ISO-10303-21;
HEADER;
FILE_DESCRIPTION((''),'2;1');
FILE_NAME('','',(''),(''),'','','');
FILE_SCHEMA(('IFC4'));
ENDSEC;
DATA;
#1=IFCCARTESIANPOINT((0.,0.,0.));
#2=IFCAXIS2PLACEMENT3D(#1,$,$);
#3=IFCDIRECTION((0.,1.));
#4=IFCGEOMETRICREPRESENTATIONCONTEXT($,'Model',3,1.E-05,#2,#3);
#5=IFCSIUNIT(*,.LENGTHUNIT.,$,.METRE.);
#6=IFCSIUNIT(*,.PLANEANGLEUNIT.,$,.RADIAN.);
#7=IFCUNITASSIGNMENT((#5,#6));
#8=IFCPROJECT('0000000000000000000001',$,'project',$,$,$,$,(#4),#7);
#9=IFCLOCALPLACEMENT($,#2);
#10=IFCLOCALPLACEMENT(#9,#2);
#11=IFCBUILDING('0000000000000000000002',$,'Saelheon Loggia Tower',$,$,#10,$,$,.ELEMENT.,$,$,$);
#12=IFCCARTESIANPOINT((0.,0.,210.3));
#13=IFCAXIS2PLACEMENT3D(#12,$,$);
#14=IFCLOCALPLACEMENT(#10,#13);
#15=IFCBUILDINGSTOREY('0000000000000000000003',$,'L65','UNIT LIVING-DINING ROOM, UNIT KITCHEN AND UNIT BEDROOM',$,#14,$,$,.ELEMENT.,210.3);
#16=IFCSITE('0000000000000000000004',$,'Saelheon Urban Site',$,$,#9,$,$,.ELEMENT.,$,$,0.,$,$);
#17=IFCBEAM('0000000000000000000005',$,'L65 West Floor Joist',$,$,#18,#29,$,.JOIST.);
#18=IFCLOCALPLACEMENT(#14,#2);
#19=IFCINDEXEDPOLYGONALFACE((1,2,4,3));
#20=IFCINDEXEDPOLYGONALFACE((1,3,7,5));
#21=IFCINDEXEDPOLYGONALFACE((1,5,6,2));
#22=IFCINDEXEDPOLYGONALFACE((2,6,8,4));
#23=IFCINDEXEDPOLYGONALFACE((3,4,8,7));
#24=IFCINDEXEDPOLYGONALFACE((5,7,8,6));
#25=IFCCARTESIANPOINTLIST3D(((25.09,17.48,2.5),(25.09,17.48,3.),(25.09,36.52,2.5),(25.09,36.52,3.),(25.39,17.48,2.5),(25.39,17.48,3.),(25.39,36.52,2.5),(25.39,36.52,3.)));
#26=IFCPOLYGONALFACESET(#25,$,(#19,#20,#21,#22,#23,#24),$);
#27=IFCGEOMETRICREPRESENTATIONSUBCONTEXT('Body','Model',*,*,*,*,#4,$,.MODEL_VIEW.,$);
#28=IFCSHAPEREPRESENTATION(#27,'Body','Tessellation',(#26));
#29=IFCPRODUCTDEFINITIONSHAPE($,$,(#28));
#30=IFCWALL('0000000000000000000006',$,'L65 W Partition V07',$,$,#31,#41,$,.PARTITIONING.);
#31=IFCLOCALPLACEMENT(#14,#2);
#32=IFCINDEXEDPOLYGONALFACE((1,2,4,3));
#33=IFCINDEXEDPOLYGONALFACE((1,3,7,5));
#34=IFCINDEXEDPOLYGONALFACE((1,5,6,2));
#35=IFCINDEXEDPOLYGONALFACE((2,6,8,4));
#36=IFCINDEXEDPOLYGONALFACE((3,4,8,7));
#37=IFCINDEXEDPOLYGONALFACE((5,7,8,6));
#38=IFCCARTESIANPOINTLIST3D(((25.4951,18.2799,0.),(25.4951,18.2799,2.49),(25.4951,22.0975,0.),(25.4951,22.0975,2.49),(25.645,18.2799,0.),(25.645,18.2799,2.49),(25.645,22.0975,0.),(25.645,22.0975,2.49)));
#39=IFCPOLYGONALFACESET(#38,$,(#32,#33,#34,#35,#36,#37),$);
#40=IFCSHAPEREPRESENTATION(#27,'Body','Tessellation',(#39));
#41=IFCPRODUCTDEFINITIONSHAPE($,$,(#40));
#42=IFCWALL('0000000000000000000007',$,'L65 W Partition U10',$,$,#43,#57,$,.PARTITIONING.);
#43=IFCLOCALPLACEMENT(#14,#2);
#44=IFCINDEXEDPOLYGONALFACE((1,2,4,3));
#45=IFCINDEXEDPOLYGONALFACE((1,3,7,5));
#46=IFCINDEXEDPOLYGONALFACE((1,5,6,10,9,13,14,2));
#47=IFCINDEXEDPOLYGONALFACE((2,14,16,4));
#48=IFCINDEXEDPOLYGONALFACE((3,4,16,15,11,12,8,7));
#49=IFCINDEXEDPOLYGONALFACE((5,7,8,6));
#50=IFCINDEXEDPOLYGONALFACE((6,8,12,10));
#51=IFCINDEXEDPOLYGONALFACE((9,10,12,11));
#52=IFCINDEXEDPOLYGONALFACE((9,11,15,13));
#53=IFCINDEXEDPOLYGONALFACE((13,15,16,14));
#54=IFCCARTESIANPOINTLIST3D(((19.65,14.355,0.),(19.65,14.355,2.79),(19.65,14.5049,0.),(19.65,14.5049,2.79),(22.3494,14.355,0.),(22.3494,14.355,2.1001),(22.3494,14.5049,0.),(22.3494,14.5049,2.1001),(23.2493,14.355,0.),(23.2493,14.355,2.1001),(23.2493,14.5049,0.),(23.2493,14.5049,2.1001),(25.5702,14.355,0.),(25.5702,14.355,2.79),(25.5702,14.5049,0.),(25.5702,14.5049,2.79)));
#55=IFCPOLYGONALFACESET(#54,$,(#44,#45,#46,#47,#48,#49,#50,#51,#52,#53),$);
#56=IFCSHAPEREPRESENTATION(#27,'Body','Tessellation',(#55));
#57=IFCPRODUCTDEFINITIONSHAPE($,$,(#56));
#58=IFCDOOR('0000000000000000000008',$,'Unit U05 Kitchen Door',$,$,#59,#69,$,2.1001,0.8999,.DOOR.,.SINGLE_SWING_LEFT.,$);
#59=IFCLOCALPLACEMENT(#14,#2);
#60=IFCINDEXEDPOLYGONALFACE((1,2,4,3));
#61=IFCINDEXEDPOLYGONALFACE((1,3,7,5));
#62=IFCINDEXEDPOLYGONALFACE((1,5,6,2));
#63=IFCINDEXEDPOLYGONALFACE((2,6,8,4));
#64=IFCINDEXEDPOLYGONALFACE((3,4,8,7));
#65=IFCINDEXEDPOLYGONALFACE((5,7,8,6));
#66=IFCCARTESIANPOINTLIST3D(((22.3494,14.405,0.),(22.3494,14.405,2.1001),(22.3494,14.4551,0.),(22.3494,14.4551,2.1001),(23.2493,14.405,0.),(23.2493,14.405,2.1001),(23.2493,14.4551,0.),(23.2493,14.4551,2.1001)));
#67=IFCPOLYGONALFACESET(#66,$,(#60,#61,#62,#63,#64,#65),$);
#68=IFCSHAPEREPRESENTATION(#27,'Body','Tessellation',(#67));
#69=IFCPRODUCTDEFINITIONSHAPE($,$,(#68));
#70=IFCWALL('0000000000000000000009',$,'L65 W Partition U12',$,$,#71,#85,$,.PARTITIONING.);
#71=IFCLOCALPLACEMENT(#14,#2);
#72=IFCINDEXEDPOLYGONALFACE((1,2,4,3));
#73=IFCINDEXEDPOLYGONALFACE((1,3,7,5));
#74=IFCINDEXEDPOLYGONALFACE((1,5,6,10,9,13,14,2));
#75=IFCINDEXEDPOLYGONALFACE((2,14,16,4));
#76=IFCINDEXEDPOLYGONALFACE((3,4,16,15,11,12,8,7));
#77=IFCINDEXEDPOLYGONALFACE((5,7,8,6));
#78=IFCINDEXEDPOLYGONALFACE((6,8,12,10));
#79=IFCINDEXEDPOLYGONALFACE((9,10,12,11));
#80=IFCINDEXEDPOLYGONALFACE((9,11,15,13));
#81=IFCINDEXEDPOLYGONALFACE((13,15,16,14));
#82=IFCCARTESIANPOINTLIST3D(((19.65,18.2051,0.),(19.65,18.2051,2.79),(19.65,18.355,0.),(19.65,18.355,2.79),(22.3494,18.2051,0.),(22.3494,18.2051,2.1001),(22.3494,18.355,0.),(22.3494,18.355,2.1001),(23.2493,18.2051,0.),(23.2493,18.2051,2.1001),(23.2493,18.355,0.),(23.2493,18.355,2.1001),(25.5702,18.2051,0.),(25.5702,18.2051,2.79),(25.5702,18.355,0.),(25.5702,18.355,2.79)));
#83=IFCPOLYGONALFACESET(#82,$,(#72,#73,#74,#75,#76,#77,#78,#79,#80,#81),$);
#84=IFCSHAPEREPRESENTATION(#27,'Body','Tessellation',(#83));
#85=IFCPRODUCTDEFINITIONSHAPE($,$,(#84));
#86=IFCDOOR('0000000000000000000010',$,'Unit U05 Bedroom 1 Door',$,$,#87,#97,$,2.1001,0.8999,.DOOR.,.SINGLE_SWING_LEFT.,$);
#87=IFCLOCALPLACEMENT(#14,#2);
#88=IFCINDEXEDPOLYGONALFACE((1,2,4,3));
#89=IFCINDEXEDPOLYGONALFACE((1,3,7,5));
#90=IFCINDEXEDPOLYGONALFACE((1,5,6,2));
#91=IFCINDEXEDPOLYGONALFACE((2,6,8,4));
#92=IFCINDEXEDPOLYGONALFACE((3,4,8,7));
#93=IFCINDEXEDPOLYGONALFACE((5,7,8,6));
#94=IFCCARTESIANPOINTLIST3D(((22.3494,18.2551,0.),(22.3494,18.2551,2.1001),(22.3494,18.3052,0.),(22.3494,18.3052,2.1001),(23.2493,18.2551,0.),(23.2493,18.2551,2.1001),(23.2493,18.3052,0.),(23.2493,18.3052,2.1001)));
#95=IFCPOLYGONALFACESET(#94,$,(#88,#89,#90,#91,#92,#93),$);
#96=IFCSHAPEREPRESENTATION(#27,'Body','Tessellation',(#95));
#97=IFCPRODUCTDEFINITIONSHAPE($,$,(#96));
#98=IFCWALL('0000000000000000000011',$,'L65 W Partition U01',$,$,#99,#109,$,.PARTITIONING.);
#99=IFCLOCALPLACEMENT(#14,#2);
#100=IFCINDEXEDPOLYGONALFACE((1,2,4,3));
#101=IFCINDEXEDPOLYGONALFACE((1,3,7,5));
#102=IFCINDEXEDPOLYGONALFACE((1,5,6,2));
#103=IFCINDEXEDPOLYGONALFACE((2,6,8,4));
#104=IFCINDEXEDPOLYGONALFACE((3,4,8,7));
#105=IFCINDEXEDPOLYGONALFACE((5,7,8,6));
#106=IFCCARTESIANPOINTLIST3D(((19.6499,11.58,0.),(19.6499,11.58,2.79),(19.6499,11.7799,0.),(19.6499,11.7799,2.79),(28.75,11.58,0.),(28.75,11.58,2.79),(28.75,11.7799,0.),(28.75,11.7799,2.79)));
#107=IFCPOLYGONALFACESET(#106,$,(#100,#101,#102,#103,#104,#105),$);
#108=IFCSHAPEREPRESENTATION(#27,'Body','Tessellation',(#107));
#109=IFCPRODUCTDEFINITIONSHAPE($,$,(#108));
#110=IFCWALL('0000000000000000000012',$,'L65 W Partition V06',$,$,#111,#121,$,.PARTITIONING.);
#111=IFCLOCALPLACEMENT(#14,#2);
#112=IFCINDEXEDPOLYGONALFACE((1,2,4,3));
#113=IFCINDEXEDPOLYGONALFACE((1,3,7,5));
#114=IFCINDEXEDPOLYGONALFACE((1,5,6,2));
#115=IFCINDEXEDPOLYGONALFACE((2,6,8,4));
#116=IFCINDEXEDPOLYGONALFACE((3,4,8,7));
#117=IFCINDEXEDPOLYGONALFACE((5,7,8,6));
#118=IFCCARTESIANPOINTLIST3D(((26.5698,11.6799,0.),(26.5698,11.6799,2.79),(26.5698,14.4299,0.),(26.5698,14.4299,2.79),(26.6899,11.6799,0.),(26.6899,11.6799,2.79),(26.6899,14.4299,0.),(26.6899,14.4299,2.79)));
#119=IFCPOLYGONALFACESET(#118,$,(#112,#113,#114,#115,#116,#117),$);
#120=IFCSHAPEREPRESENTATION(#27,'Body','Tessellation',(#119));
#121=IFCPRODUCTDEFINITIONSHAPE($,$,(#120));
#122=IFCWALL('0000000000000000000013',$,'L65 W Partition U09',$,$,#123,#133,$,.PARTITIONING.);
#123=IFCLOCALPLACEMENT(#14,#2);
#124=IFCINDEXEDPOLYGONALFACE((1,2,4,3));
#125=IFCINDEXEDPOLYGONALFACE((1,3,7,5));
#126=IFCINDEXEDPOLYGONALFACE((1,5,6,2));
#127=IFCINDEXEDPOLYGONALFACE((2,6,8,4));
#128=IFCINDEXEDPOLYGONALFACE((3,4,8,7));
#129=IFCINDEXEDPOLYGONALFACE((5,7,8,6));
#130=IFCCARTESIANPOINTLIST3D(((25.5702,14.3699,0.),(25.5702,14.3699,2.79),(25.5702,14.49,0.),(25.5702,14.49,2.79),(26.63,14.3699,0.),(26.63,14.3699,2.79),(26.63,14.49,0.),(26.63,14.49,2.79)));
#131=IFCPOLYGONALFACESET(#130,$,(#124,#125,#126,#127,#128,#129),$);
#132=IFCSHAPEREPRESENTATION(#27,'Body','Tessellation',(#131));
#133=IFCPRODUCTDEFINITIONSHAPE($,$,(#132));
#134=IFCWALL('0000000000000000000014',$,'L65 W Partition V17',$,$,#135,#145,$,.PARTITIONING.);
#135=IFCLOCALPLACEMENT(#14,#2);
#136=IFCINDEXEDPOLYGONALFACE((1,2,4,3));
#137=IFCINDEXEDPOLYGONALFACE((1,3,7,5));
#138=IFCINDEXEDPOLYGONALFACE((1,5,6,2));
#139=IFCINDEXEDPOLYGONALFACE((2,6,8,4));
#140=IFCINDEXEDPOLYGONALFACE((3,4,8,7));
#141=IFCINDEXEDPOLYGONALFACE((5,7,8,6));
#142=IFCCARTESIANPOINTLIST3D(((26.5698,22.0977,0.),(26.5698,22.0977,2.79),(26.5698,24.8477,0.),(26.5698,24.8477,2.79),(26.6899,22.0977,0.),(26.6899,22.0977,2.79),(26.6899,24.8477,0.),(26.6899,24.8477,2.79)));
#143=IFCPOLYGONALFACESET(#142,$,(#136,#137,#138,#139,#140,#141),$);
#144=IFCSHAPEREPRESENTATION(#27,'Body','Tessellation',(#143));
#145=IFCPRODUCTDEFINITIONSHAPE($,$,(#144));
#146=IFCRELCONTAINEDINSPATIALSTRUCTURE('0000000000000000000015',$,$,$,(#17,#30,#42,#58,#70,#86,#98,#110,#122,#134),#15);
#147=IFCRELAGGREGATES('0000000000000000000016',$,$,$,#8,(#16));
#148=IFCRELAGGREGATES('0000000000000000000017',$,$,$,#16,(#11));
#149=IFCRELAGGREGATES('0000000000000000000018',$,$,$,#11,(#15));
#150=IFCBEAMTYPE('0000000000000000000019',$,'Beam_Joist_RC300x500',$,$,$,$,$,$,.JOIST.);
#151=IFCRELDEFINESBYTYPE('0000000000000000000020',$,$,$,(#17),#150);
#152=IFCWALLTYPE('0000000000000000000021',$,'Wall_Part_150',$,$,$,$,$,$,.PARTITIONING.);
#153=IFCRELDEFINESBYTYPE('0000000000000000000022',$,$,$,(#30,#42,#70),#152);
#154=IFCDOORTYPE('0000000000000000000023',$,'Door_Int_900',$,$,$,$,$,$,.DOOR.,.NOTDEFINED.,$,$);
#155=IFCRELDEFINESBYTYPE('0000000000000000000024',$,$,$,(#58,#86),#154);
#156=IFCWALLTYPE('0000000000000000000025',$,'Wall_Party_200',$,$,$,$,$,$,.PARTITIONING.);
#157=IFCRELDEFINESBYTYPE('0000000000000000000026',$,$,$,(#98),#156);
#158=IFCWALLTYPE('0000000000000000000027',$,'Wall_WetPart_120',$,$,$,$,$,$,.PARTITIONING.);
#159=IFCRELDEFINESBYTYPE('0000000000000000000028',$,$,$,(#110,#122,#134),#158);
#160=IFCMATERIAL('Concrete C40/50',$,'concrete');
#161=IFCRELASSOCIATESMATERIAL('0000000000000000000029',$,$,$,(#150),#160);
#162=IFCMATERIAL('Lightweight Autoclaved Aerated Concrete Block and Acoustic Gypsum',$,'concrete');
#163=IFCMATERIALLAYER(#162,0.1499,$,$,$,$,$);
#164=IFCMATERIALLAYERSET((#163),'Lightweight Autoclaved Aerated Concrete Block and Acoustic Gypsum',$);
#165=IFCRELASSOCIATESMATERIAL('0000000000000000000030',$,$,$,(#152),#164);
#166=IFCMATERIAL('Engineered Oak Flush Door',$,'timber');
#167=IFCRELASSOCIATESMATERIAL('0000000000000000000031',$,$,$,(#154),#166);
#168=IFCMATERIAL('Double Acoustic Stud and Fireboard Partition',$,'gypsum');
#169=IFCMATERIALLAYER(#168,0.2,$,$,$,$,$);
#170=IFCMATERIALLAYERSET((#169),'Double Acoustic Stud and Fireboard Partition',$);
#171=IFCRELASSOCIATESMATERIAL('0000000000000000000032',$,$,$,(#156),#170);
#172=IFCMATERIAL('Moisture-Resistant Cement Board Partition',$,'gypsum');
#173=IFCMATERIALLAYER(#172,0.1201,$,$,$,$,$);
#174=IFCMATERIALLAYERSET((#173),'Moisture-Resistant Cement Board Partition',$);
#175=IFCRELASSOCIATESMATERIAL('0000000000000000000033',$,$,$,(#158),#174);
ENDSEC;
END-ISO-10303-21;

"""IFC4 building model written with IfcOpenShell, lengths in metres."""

from ifc_helpers import new_model, si_unit, direction, frame, frame_2d, origin, origin_2d, place, context, subcontext, project, spatial, rectangle, extrude, source, transform, mapped, material, layer, layer_set, material_profile, profile_set, type_object, element, fill, save


model = new_model("IFC4")

# Units and contexts
model_context = context("Model", 3, precision=1e-05, world=origin(), true_north=direction((0.0, 1.0)))
body_context = subcontext(model_context, "Body", "Model", "MODEL_VIEW")
ifc_project = project(units=[si_unit("LENGTHUNIT", "METRE"), si_unit("PLANEANGLEUNIT", "RADIAN")], contexts=[model_context])

# Site, building, storey
site_placement = place(None, origin())
site = spatial("IfcSite", under=ifc_project, at=site_placement, Name="Saelheon Urban Site", CompositionType="ELEMENT", RefElevation=0.0)
building_placement = place(site_placement, origin())
building = spatial("IfcBuilding", under=site, at=building_placement, Name="Saelheon Loggia Tower", CompositionType="ELEMENT")
storey_placement = place(building_placement, frame((0.0, 0.0, 210.3)))
storey = spatial("IfcBuildingStorey", under=building, at=storey_placement, Name="L65", Description="UNIT LIVING-DINING ROOM, UNIT KITCHEN AND UNIT BEDROOM", CompositionType="ELEMENT", Elevation=210.3)

# Beam
ifc_material_1 = material(Name="Concrete C40/50", Category="concrete")
ifc_material_profile = material_profile(ifc_material_1, rectangle(XDim=0.3, YDim=0.5, at=origin_2d()), Name="RC-300x500")
ifc_profile_set = profile_set([ifc_material_profile], Name="Concrete C40/50")
beam_type = type_object("IfcBeamType", Name="Beam_Joist_RC300x500", PredefinedType="JOIST", material=ifc_profile_set)
shared_shape_1 = source(origin(), body_context, "Body", "SweptSolid", [
    extrude(rectangle(XDim=0.3, YDim=0.5, at=origin_2d()), origin(), (0.0, 0.0, 1.0), 19.04),
])
beam_placement = place(storey_placement, frame((25.24, 17.48, 2.75), z_axis=(0.0, 1.0, 0.0), x_axis=(-1.0, 0.0, 0.0)))
element("IfcBeam", 1, at=beam_placement, inside=storey, type_object=beam_type, Name="L65 West Floor Joist", PredefinedType="JOIST", context=body_context, shape_type="MappedRepresentation", body=[
    mapped(shared_shape_1, transform((0.0, 0.0, 0.0), scale=1.0)),
])

# Wall
ifc_material_2 = material(Name="Lightweight Autoclaved Aerated Concrete Block and Acoustic Gypsum", Category="concrete")
ifc_layer_1 = layer(ifc_material_2, 0.1499)
ifc_layer_set_1 = layer_set([ifc_layer_1], Name="Lightweight Autoclaved Aerated Concrete Block and Acoustic Gypsum")
wall_type_1 = type_object("IfcWallType", Name="Wall_Part_150", PredefinedType="PARTITIONING", material=ifc_layer_set_1)
wall_1_placement = place(storey_placement, frame((25.5701, 18.28, 0.0), z_axis=(0.0, 0.0, 1.0), x_axis=(0.0, 1.0, 0.0)))
element("IfcWall", 2, at=wall_1_placement, inside=storey, type_object=wall_type_1, Name="L65 W Partition V07", PredefinedType="PARTITIONING", context=body_context, shape_type="SweptSolid", body=[
    extrude(rectangle(XDim=3.8176, YDim=0.1499, at=frame_2d((1.9087, 0.0))), origin(), (0.0, 0.0, 1.0), 2.49),
])

# Walls, openings, doors
wall_2_placement = place(storey_placement, frame((25.5701, 14.4299, 0.0), z_axis=(0.0, 0.0, 1.0), x_axis=(-1.0, 0.0, 0.0)))
wall_2 = element("IfcWall", 3, at=wall_2_placement, inside=storey, type_object=wall_type_1, Name="L65 W Partition U10", PredefinedType="PARTITIONING", context=body_context, shape_type="SweptSolid", body=[
    extrude(rectangle(XDim=5.9202, YDim=0.1499, at=frame_2d((2.96, 0.0))), origin(), (0.0, 0.0, 1.0), 2.79),
])
opening_1_placement = place(wall_2_placement, frame((2.3208, 0.0, 0.0)))
opening_1 = element("IfcOpeningElement", 4, at=opening_1_placement, cuts=wall_2, PredefinedType="OPENING", context=body_context, shape_type="SweptSolid", body=[
    extrude(rectangle(XDim=0.8999, YDim=2.1001, at=frame_2d((0.45, 1.05))), frame((0.0, 0.0869, 0.0), z_axis=(0.0, -1.0, 0.0), x_axis=(1.0, 0.0, 0.0)), (0.0, 0.0, 1.0), 0.1738),
])
ifc_material_3 = material(Name="Engineered Oak Flush Door", Category="timber")
door_type = type_object("IfcDoorType", Name="Door_Int_900", OperationType="NOTDEFINED", PredefinedType="DOOR", material=ifc_material_3)
shared_shape_2 = source(origin(), body_context, "Body", "SweptSolid", [
    extrude(rectangle(XDim=0.8999, YDim=2.1001, at=frame_2d((0.45, 1.05))), frame((0.0, 0.0249, 0.0), z_axis=(0.0, -1.0, 0.0), x_axis=(1.0, 0.0, 0.0)), (0.0, 0.0, 1.0), 0.05),
])
door_1_placement = place(opening_1_placement, origin())
door_1 = element("IfcDoor", 5, at=door_1_placement, inside=storey, type_object=door_type, Name="Unit U05 Kitchen Door", OperationType="SINGLE_SWING_LEFT", OverallHeight=2.1001, OverallWidth=0.8999, PredefinedType="DOOR", context=body_context, shape_type="MappedRepresentation", body=[
    mapped(shared_shape_2, transform((0.0, 0.0, 0.0), scale=1.0)),
])
fill(opening_1, door_1)
wall_3_placement = place(storey_placement, frame((25.5701, 18.28, 0.0), z_axis=(0.0, 0.0, 1.0), x_axis=(-1.0, 0.0, 0.0)))
wall_3 = element("IfcWall", 6, at=wall_3_placement, inside=storey, type_object=wall_type_1, Name="L65 W Partition U12", PredefinedType="PARTITIONING", context=body_context, shape_type="SweptSolid", body=[
    extrude(rectangle(XDim=5.9202, YDim=0.1499, at=frame_2d((2.96, 0.0))), origin(), (0.0, 0.0, 1.0), 2.79),
])
opening_2_placement = place(wall_3_placement, frame((2.3208, 0.0, 0.0)))
opening_2 = element("IfcOpeningElement", 7, at=opening_2_placement, cuts=wall_3, PredefinedType="OPENING", context=body_context, shape_type="SweptSolid", body=[
    extrude(rectangle(XDim=0.8999, YDim=2.1001, at=frame_2d((0.45, 1.05))), frame((0.0, 0.0869, 0.0), z_axis=(0.0, -1.0, 0.0), x_axis=(1.0, 0.0, 0.0)), (0.0, 0.0, 1.0), 0.1738),
])
door_2_placement = place(opening_2_placement, origin())
door_2 = element("IfcDoor", 8, at=door_2_placement, inside=storey, type_object=door_type, Name="Unit U05 Bedroom 1 Door", OperationType="SINGLE_SWING_LEFT", OverallHeight=2.1001, OverallWidth=0.8999, PredefinedType="DOOR", context=body_context, shape_type="MappedRepresentation", body=[
    mapped(shared_shape_2, transform((0.0, 0.0, 0.0), scale=1.0)),
])
fill(opening_2, door_2)

# Walls
ifc_material_4 = material(Name="Double Acoustic Stud and Fireboard Partition", Category="gypsum")
ifc_layer_2 = layer(ifc_material_4, 0.2)
ifc_layer_set_2 = layer_set([ifc_layer_2], Name="Double Acoustic Stud and Fireboard Partition")
wall_type_2 = type_object("IfcWallType", Name="Wall_Party_200", PredefinedType="PARTITIONING", material=ifc_layer_set_2)
wall_4_placement = place(storey_placement, frame((28.75, 11.6799, 0.0), z_axis=(0.0, 0.0, 1.0), x_axis=(-1.0, 0.0, 0.0)))
element("IfcWall", 9, at=wall_4_placement, inside=storey, type_object=wall_type_2, Name="L65 W Partition U01", PredefinedType="PARTITIONING", context=body_context, shape_type="SweptSolid", body=[
    extrude(rectangle(XDim=9.1001, YDim=0.2, at=frame_2d((4.55, 0.0))), origin(), (0.0, 0.0, 1.0), 2.79),
])
ifc_material_5 = material(Name="Moisture-Resistant Cement Board Partition", Category="gypsum")
ifc_layer_3 = layer(ifc_material_5, 0.1201)
ifc_layer_set_3 = layer_set([ifc_layer_3], Name="Moisture-Resistant Cement Board Partition")
wall_type_3 = type_object("IfcWallType", Name="Wall_WetPart_120", PredefinedType="PARTITIONING", material=ifc_layer_set_3)
wall_5_placement = place(storey_placement, frame((26.6299, 11.6799, 0.0), z_axis=(0.0, 0.0, 1.0), x_axis=(0.0, 1.0, 0.0)))
element("IfcWall", 10, at=wall_5_placement, inside=storey, type_object=wall_type_3, Name="L65 W Partition V06", PredefinedType="PARTITIONING", context=body_context, shape_type="SweptSolid", body=[
    extrude(rectangle(XDim=2.75, YDim=0.1201, at=frame_2d((1.375, 0.0))), origin(), (0.0, 0.0, 1.0), 2.79),
])
wall_6_placement = place(storey_placement, frame((26.6299, 14.4299, 0.0), z_axis=(0.0, 0.0, 1.0), x_axis=(-1.0, 0.0, 0.0)))
element("IfcWall", 11, at=wall_6_placement, inside=storey, type_object=wall_type_3, Name="L65 W Partition U09", PredefinedType="PARTITIONING", context=body_context, shape_type="SweptSolid", body=[
    extrude(rectangle(XDim=1.0598, YDim=0.1201, at=frame_2d((0.5298, 0.0))), origin(), (0.0, 0.0, 1.0), 2.79),
])
wall_7_placement = place(storey_placement, frame((26.6299, 22.0977, 0.0), z_axis=(0.0, 0.0, 1.0), x_axis=(0.0, 1.0, 0.0)))
element("IfcWall", 12, at=wall_7_placement, inside=storey, type_object=wall_type_3, Name="L65 W Partition V17", PredefinedType="PARTITIONING", context=body_context, shape_type="SweptSolid", body=[
    extrude(rectangle(XDim=2.75, YDim=0.1201, at=frame_2d((1.375, 0.0))), origin(), (0.0, 0.0, 1.0), 2.79),
])

save(model, "model.ifc")
